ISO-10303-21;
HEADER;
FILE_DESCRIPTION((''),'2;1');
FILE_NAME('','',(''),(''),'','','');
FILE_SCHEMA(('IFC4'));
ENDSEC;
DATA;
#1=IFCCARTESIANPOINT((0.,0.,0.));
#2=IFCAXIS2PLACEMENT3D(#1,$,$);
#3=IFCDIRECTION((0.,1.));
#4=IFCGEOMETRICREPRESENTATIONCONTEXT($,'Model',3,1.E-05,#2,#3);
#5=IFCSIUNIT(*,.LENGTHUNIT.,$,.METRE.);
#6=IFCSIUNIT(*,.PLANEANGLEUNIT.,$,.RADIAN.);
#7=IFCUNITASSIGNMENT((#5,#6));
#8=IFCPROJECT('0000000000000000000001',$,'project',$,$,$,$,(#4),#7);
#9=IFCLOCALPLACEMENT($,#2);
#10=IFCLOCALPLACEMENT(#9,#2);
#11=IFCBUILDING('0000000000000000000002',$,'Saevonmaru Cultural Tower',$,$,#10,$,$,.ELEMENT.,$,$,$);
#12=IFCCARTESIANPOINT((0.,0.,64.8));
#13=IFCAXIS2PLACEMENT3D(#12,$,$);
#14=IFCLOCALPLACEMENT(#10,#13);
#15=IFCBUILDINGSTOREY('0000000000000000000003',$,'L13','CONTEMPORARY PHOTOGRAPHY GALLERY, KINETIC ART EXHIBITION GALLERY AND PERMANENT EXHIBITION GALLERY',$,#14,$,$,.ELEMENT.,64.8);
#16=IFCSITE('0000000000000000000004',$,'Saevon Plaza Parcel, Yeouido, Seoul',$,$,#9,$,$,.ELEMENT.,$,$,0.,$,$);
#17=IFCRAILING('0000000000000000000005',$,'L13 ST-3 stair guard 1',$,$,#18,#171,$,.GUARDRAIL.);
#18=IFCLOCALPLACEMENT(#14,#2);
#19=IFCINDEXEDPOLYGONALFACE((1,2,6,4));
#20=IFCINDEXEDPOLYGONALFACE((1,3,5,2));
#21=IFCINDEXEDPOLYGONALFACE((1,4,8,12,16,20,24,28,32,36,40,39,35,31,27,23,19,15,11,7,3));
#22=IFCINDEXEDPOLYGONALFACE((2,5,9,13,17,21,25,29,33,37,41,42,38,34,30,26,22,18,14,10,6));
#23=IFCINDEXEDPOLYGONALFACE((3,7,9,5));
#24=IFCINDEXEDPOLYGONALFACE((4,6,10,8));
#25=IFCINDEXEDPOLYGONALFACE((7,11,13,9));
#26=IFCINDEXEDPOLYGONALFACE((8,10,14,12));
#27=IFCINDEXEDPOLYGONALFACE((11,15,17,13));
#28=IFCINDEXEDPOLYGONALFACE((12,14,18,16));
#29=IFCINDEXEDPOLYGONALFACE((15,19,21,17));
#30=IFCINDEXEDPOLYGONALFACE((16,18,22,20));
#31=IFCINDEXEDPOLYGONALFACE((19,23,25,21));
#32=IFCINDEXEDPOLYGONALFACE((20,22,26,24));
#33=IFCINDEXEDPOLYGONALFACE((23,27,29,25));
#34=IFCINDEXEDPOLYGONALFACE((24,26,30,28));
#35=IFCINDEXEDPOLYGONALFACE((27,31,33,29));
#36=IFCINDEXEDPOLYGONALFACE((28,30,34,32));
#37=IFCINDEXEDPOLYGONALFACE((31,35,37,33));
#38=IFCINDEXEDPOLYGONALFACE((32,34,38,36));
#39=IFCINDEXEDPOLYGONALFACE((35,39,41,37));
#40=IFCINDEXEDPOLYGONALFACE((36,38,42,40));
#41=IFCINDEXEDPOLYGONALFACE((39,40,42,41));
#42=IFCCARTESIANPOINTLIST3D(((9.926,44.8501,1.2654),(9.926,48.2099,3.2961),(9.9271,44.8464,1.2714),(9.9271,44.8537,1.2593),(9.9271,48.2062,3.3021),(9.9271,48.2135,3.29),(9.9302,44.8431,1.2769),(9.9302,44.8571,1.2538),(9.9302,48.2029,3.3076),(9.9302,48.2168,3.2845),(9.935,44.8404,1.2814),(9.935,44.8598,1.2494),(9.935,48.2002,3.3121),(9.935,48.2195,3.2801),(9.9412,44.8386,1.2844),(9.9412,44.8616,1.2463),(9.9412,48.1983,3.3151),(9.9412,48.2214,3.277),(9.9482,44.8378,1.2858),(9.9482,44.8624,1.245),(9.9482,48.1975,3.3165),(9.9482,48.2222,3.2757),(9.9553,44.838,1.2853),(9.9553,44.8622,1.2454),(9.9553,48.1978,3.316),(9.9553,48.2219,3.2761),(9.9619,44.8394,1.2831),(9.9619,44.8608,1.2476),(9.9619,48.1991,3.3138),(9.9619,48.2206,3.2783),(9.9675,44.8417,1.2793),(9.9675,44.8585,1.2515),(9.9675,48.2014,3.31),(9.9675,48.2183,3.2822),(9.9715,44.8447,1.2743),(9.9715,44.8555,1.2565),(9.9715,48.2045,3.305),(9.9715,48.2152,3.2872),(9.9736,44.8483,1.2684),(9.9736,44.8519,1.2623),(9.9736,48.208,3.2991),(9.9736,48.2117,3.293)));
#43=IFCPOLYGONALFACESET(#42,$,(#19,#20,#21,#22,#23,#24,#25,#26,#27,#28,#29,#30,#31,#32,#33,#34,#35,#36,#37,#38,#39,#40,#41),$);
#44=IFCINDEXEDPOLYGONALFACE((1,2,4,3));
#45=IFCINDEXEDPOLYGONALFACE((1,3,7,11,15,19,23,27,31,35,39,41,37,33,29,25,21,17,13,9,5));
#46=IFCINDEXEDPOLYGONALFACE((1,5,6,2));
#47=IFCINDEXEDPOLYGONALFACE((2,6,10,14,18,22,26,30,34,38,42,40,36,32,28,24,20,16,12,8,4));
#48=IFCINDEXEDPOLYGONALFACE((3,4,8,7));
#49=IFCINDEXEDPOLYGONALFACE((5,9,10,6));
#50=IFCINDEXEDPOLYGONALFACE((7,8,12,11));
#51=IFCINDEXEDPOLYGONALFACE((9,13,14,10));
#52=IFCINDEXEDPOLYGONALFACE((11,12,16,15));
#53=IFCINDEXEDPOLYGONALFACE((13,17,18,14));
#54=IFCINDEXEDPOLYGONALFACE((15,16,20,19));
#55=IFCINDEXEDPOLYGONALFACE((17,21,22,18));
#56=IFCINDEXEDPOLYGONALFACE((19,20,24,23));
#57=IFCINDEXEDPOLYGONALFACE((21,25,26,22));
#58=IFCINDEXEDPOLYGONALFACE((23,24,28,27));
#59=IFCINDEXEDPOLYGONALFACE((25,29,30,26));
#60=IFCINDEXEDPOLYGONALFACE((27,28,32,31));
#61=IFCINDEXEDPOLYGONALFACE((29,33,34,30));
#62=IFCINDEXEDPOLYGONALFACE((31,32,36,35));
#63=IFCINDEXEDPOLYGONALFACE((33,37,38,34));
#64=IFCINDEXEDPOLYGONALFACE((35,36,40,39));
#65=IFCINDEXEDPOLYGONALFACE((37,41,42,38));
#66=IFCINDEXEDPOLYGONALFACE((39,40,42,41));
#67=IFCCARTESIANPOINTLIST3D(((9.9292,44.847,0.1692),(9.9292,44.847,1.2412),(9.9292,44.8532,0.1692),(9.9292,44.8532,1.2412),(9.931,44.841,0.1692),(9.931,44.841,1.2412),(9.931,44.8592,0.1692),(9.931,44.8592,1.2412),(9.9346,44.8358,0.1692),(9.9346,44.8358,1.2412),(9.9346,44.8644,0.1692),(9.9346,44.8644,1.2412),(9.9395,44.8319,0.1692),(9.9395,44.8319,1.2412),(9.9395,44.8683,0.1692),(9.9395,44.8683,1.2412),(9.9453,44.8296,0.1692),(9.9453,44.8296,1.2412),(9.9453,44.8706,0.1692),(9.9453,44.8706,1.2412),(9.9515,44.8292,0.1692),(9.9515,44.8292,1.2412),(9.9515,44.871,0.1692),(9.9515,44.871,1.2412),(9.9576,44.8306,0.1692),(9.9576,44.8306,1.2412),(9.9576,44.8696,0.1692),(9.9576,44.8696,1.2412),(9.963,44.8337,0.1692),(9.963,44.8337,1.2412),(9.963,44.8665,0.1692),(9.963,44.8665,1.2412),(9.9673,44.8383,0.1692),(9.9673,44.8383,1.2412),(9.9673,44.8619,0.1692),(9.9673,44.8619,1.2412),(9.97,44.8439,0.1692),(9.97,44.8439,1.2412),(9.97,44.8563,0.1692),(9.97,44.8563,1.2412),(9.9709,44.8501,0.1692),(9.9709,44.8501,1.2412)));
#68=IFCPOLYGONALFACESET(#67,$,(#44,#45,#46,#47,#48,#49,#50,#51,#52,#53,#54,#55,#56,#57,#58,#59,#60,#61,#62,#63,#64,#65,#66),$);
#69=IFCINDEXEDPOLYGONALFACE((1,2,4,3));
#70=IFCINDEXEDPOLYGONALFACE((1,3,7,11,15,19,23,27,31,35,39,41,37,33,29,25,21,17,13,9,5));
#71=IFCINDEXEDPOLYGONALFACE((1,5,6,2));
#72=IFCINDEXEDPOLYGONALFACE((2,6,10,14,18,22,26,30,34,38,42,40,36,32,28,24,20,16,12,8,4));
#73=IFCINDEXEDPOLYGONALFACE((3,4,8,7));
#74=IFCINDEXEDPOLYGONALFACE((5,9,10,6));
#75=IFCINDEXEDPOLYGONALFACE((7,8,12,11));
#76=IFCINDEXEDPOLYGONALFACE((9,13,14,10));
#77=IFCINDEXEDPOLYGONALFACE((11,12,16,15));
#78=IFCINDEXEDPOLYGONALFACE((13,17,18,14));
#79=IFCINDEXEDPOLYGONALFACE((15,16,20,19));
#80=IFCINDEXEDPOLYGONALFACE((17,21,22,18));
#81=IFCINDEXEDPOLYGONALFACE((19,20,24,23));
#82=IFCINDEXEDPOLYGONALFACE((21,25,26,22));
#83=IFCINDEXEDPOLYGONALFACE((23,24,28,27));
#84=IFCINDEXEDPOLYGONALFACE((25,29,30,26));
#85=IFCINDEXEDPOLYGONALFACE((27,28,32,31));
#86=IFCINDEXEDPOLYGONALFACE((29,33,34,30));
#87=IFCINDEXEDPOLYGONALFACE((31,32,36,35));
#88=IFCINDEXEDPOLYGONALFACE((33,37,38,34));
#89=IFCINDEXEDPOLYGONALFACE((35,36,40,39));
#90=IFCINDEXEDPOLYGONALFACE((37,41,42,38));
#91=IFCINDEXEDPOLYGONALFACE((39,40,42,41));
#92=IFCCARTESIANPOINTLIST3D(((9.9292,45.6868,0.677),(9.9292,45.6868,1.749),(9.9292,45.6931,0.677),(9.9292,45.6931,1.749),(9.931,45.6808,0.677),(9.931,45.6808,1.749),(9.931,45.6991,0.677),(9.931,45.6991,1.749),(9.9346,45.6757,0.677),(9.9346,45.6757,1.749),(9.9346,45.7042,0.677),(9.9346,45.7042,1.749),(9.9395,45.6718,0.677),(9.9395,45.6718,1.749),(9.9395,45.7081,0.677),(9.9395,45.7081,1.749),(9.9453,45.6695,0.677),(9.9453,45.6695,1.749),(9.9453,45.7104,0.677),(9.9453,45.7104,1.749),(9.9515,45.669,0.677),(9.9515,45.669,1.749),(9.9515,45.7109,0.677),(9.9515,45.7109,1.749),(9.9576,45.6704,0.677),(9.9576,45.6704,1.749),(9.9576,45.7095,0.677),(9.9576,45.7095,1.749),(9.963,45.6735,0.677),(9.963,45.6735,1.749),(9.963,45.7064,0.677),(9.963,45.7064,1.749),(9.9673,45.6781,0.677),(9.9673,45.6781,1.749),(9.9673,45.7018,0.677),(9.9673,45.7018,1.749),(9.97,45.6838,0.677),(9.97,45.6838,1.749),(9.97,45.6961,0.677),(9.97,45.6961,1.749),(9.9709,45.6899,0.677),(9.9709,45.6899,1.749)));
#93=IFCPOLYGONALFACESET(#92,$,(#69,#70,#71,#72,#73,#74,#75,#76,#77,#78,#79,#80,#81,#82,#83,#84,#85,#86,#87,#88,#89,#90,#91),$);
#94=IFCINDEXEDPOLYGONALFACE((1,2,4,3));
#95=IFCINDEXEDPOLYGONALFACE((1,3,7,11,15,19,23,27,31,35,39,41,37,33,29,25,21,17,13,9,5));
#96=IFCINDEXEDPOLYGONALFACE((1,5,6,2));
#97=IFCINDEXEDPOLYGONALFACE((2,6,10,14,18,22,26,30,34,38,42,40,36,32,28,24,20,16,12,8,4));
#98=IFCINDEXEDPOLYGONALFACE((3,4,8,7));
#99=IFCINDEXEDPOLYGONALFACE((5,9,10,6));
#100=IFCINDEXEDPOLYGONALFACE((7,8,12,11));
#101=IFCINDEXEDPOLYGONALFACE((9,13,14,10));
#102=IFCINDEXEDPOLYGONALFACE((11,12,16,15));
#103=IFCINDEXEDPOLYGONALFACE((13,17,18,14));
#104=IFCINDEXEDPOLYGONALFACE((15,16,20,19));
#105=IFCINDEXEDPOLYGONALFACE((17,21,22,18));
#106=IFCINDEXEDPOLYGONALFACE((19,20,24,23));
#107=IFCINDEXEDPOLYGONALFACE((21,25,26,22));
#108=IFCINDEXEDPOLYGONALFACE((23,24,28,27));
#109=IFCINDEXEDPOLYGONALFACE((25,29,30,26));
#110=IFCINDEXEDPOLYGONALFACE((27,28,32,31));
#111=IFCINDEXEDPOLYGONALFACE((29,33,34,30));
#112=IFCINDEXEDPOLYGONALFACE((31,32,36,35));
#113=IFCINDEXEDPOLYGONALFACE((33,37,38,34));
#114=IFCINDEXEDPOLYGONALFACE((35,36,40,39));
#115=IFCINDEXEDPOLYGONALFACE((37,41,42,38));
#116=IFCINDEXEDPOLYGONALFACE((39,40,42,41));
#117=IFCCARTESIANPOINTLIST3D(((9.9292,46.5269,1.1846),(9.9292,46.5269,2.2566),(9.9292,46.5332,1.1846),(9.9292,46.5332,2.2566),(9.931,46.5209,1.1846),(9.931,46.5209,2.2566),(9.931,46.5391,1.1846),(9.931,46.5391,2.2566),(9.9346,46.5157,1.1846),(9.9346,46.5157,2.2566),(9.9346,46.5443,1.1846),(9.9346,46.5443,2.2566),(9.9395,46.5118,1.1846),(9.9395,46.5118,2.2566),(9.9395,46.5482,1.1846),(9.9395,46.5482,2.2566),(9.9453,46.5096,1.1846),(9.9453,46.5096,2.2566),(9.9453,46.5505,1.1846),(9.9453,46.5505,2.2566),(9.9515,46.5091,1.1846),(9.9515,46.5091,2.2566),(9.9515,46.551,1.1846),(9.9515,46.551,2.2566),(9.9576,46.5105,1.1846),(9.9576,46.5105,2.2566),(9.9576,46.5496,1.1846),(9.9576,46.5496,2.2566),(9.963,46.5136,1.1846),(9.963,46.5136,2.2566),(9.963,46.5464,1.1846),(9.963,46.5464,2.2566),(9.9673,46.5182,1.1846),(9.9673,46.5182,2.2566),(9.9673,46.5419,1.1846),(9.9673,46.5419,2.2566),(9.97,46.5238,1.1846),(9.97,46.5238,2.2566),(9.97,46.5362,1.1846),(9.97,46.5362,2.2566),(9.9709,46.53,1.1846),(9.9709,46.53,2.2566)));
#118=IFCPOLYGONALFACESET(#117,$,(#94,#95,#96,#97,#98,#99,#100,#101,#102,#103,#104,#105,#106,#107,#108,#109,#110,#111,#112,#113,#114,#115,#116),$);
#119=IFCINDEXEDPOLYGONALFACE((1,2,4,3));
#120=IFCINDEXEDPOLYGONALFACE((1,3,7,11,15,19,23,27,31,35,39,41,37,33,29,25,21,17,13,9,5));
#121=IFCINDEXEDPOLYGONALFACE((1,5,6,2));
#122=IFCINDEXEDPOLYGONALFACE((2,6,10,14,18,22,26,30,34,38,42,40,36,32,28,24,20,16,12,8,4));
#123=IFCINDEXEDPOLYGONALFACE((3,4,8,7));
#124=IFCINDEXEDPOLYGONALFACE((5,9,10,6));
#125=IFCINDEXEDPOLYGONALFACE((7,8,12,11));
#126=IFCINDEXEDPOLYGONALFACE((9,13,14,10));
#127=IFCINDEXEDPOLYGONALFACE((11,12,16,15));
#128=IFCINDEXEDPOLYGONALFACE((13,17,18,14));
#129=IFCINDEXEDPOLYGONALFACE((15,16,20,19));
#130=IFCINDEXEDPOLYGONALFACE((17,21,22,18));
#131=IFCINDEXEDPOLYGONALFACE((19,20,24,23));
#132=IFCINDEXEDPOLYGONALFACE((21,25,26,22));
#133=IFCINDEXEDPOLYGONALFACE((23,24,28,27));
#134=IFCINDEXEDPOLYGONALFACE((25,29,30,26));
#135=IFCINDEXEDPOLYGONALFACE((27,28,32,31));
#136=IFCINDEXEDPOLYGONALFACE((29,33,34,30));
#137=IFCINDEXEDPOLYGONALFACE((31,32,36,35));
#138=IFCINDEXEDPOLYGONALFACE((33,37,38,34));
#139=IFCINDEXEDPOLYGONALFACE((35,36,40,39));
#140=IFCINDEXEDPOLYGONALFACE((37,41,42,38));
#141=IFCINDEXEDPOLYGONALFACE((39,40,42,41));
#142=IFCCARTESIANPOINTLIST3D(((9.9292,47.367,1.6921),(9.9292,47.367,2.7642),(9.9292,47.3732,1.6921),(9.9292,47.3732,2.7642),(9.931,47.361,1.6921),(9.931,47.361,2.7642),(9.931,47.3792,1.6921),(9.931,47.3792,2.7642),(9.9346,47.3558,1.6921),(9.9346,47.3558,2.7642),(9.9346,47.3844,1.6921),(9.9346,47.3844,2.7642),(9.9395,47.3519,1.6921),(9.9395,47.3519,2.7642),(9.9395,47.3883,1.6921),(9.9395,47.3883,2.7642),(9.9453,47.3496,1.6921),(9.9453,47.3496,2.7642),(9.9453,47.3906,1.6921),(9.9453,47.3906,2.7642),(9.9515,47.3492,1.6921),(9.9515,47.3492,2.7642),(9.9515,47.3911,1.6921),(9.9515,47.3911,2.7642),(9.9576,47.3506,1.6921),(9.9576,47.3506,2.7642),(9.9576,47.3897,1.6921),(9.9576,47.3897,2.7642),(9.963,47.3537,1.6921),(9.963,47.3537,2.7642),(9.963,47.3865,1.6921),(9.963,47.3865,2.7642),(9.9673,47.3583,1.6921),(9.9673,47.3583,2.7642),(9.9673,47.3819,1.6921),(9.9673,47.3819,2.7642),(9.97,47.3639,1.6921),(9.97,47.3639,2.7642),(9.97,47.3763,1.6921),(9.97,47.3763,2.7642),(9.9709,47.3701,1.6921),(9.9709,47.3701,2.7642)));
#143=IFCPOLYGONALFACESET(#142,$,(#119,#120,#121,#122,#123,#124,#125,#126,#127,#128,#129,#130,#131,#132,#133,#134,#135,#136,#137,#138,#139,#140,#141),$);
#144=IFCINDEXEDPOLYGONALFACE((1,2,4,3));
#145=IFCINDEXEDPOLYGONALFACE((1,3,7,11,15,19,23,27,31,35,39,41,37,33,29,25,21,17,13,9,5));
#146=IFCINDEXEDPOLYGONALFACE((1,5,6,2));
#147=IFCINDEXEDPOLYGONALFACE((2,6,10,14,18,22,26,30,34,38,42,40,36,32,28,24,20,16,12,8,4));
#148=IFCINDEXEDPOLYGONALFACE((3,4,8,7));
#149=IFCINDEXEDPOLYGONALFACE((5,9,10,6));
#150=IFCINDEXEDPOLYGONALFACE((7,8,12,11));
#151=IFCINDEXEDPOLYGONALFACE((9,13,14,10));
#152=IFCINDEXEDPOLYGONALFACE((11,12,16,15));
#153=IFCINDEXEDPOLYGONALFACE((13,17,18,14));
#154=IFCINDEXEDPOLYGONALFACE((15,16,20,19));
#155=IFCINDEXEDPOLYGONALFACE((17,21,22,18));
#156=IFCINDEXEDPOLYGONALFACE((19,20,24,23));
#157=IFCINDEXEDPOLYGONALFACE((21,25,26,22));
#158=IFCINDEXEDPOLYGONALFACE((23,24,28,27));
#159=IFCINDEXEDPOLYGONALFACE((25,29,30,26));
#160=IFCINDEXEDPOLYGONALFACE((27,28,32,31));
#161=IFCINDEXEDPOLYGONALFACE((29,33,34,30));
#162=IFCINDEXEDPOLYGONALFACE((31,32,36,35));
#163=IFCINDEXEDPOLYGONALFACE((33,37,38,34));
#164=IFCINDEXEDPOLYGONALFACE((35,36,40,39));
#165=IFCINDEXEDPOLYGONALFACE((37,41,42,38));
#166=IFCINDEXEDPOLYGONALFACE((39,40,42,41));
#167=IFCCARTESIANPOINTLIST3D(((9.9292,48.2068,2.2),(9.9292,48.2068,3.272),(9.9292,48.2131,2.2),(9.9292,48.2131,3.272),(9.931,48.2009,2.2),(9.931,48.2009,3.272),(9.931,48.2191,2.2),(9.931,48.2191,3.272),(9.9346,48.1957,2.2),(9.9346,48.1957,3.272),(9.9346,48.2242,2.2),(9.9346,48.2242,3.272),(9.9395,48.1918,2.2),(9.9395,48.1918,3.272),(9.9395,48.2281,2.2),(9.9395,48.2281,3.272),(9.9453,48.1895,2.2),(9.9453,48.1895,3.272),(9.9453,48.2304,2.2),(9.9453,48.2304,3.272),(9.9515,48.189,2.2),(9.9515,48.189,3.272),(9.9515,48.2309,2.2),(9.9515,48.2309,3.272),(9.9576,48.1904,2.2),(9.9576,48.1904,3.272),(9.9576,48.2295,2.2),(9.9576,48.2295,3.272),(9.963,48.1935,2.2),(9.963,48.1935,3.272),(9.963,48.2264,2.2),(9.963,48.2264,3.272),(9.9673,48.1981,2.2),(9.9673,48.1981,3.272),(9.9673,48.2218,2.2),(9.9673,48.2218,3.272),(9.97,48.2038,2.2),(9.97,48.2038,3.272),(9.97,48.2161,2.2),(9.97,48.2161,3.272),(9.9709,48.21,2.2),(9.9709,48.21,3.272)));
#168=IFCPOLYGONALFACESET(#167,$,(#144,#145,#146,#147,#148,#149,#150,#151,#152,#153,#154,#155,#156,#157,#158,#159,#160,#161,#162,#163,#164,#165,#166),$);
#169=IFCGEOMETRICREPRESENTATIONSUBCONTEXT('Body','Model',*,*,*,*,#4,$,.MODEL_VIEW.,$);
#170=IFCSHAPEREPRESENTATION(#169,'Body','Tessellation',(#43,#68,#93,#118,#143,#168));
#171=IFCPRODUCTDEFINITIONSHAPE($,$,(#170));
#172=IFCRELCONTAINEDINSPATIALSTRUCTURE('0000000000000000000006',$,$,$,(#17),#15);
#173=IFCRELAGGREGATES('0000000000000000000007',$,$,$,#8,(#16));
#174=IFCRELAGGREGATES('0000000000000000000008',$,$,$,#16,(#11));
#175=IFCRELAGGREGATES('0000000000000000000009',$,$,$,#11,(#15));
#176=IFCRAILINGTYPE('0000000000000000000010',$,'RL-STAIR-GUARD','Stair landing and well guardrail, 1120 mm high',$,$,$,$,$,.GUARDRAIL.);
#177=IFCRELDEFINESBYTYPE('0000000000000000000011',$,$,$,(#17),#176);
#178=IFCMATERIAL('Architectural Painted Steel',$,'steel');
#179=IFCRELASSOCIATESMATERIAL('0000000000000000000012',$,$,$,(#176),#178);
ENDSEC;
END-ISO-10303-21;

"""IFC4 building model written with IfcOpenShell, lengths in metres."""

from ifc_helpers import new_model, si_unit, direction, frame, origin, origin_2d, place, context, subcontext, project, spatial, circle, extrude, material, type_object, element, save


model = new_model("IFC4")

# Units and contexts
model_context = context("Model", 3, precision=1e-05, world=origin(), true_north=direction((0.0, 1.0)))
body_context = subcontext(model_context, "Body", "Model", "MODEL_VIEW")
ifc_project = project(units=[si_unit("LENGTHUNIT", "METRE"), si_unit("PLANEANGLEUNIT", "RADIAN")], contexts=[model_context])

# Site, building, storey
site_placement = place(None, origin())
site = spatial("IfcSite", under=ifc_project, at=site_placement, Name="Saevon Plaza Parcel, Yeouido, Seoul", CompositionType="ELEMENT", RefElevation=0.0)
building_placement = place(site_placement, origin())
building = spatial("IfcBuilding", under=site, at=building_placement, Name="Saevonmaru Cultural Tower", CompositionType="ELEMENT")
storey_placement = place(building_placement, frame((0.0, 0.0, 64.8)))
storey = spatial("IfcBuildingStorey", under=building, at=storey_placement, Name="L13", Description="CONTEMPORARY PHOTOGRAPHY GALLERY, KINETIC ART EXHIBITION GALLERY AND PERMANENT EXHIBITION GALLERY", CompositionType="ELEMENT", Elevation=64.8)

# Railing
ifc_material_1 = material(Name="Architectural Painted Steel", Category="steel")
railing_type_1 = type_object("IfcRailingType", Name="RL-STAIR-GUARD", Description="Stair landing and well guardrail, 1120 mm high", PredefinedType="GUARDRAIL", material=ifc_material_1)
railing_1_placement = place(storey_placement, frame((9.95, 44.8501, 0.1692)))
element("IfcRailing", 1, at=railing_1_placement, inside=storey, type_object=railing_type_1, Name="L13 ST-3 stair guard 1", PredefinedType="GUARDRAIL", context=body_context, shape_type="SweptSolid", body=[
    extrude(circle(Radius=0.0239, at=origin_2d()), frame((0.0, 0.0, 1.0962), z_axis=(0.0, 0.85582, 0.517273), x_axis=(-1.0, 0.0, 0.0)), (0.0, 0.0, 1.0), 3.9258),
    extrude(circle(Radius=0.021, at=origin_2d()), origin(), (0.0, 0.0, 1.0), 1.072),
    extrude(circle(Radius=0.021, at=origin_2d()), frame((0.0, 0.8398, 0.5078)), (0.0, 0.0, 1.0), 1.072),
    extrude(circle(Radius=0.021, at=origin_2d()), frame((0.0, 1.6799, 1.0154)), (0.0, 0.0, 1.0), 1.072),
    extrude(circle(Radius=0.021, at=origin_2d()), frame((0.0, 2.52, 1.5229)), (0.0, 0.0, 1.0), 1.072),
    extrude(circle(Radius=0.021, at=origin_2d()), frame((0.0, 3.3599, 2.0308)), (0.0, 0.0, 1.0), 1.072),
])

save(model, "model.ifc")
